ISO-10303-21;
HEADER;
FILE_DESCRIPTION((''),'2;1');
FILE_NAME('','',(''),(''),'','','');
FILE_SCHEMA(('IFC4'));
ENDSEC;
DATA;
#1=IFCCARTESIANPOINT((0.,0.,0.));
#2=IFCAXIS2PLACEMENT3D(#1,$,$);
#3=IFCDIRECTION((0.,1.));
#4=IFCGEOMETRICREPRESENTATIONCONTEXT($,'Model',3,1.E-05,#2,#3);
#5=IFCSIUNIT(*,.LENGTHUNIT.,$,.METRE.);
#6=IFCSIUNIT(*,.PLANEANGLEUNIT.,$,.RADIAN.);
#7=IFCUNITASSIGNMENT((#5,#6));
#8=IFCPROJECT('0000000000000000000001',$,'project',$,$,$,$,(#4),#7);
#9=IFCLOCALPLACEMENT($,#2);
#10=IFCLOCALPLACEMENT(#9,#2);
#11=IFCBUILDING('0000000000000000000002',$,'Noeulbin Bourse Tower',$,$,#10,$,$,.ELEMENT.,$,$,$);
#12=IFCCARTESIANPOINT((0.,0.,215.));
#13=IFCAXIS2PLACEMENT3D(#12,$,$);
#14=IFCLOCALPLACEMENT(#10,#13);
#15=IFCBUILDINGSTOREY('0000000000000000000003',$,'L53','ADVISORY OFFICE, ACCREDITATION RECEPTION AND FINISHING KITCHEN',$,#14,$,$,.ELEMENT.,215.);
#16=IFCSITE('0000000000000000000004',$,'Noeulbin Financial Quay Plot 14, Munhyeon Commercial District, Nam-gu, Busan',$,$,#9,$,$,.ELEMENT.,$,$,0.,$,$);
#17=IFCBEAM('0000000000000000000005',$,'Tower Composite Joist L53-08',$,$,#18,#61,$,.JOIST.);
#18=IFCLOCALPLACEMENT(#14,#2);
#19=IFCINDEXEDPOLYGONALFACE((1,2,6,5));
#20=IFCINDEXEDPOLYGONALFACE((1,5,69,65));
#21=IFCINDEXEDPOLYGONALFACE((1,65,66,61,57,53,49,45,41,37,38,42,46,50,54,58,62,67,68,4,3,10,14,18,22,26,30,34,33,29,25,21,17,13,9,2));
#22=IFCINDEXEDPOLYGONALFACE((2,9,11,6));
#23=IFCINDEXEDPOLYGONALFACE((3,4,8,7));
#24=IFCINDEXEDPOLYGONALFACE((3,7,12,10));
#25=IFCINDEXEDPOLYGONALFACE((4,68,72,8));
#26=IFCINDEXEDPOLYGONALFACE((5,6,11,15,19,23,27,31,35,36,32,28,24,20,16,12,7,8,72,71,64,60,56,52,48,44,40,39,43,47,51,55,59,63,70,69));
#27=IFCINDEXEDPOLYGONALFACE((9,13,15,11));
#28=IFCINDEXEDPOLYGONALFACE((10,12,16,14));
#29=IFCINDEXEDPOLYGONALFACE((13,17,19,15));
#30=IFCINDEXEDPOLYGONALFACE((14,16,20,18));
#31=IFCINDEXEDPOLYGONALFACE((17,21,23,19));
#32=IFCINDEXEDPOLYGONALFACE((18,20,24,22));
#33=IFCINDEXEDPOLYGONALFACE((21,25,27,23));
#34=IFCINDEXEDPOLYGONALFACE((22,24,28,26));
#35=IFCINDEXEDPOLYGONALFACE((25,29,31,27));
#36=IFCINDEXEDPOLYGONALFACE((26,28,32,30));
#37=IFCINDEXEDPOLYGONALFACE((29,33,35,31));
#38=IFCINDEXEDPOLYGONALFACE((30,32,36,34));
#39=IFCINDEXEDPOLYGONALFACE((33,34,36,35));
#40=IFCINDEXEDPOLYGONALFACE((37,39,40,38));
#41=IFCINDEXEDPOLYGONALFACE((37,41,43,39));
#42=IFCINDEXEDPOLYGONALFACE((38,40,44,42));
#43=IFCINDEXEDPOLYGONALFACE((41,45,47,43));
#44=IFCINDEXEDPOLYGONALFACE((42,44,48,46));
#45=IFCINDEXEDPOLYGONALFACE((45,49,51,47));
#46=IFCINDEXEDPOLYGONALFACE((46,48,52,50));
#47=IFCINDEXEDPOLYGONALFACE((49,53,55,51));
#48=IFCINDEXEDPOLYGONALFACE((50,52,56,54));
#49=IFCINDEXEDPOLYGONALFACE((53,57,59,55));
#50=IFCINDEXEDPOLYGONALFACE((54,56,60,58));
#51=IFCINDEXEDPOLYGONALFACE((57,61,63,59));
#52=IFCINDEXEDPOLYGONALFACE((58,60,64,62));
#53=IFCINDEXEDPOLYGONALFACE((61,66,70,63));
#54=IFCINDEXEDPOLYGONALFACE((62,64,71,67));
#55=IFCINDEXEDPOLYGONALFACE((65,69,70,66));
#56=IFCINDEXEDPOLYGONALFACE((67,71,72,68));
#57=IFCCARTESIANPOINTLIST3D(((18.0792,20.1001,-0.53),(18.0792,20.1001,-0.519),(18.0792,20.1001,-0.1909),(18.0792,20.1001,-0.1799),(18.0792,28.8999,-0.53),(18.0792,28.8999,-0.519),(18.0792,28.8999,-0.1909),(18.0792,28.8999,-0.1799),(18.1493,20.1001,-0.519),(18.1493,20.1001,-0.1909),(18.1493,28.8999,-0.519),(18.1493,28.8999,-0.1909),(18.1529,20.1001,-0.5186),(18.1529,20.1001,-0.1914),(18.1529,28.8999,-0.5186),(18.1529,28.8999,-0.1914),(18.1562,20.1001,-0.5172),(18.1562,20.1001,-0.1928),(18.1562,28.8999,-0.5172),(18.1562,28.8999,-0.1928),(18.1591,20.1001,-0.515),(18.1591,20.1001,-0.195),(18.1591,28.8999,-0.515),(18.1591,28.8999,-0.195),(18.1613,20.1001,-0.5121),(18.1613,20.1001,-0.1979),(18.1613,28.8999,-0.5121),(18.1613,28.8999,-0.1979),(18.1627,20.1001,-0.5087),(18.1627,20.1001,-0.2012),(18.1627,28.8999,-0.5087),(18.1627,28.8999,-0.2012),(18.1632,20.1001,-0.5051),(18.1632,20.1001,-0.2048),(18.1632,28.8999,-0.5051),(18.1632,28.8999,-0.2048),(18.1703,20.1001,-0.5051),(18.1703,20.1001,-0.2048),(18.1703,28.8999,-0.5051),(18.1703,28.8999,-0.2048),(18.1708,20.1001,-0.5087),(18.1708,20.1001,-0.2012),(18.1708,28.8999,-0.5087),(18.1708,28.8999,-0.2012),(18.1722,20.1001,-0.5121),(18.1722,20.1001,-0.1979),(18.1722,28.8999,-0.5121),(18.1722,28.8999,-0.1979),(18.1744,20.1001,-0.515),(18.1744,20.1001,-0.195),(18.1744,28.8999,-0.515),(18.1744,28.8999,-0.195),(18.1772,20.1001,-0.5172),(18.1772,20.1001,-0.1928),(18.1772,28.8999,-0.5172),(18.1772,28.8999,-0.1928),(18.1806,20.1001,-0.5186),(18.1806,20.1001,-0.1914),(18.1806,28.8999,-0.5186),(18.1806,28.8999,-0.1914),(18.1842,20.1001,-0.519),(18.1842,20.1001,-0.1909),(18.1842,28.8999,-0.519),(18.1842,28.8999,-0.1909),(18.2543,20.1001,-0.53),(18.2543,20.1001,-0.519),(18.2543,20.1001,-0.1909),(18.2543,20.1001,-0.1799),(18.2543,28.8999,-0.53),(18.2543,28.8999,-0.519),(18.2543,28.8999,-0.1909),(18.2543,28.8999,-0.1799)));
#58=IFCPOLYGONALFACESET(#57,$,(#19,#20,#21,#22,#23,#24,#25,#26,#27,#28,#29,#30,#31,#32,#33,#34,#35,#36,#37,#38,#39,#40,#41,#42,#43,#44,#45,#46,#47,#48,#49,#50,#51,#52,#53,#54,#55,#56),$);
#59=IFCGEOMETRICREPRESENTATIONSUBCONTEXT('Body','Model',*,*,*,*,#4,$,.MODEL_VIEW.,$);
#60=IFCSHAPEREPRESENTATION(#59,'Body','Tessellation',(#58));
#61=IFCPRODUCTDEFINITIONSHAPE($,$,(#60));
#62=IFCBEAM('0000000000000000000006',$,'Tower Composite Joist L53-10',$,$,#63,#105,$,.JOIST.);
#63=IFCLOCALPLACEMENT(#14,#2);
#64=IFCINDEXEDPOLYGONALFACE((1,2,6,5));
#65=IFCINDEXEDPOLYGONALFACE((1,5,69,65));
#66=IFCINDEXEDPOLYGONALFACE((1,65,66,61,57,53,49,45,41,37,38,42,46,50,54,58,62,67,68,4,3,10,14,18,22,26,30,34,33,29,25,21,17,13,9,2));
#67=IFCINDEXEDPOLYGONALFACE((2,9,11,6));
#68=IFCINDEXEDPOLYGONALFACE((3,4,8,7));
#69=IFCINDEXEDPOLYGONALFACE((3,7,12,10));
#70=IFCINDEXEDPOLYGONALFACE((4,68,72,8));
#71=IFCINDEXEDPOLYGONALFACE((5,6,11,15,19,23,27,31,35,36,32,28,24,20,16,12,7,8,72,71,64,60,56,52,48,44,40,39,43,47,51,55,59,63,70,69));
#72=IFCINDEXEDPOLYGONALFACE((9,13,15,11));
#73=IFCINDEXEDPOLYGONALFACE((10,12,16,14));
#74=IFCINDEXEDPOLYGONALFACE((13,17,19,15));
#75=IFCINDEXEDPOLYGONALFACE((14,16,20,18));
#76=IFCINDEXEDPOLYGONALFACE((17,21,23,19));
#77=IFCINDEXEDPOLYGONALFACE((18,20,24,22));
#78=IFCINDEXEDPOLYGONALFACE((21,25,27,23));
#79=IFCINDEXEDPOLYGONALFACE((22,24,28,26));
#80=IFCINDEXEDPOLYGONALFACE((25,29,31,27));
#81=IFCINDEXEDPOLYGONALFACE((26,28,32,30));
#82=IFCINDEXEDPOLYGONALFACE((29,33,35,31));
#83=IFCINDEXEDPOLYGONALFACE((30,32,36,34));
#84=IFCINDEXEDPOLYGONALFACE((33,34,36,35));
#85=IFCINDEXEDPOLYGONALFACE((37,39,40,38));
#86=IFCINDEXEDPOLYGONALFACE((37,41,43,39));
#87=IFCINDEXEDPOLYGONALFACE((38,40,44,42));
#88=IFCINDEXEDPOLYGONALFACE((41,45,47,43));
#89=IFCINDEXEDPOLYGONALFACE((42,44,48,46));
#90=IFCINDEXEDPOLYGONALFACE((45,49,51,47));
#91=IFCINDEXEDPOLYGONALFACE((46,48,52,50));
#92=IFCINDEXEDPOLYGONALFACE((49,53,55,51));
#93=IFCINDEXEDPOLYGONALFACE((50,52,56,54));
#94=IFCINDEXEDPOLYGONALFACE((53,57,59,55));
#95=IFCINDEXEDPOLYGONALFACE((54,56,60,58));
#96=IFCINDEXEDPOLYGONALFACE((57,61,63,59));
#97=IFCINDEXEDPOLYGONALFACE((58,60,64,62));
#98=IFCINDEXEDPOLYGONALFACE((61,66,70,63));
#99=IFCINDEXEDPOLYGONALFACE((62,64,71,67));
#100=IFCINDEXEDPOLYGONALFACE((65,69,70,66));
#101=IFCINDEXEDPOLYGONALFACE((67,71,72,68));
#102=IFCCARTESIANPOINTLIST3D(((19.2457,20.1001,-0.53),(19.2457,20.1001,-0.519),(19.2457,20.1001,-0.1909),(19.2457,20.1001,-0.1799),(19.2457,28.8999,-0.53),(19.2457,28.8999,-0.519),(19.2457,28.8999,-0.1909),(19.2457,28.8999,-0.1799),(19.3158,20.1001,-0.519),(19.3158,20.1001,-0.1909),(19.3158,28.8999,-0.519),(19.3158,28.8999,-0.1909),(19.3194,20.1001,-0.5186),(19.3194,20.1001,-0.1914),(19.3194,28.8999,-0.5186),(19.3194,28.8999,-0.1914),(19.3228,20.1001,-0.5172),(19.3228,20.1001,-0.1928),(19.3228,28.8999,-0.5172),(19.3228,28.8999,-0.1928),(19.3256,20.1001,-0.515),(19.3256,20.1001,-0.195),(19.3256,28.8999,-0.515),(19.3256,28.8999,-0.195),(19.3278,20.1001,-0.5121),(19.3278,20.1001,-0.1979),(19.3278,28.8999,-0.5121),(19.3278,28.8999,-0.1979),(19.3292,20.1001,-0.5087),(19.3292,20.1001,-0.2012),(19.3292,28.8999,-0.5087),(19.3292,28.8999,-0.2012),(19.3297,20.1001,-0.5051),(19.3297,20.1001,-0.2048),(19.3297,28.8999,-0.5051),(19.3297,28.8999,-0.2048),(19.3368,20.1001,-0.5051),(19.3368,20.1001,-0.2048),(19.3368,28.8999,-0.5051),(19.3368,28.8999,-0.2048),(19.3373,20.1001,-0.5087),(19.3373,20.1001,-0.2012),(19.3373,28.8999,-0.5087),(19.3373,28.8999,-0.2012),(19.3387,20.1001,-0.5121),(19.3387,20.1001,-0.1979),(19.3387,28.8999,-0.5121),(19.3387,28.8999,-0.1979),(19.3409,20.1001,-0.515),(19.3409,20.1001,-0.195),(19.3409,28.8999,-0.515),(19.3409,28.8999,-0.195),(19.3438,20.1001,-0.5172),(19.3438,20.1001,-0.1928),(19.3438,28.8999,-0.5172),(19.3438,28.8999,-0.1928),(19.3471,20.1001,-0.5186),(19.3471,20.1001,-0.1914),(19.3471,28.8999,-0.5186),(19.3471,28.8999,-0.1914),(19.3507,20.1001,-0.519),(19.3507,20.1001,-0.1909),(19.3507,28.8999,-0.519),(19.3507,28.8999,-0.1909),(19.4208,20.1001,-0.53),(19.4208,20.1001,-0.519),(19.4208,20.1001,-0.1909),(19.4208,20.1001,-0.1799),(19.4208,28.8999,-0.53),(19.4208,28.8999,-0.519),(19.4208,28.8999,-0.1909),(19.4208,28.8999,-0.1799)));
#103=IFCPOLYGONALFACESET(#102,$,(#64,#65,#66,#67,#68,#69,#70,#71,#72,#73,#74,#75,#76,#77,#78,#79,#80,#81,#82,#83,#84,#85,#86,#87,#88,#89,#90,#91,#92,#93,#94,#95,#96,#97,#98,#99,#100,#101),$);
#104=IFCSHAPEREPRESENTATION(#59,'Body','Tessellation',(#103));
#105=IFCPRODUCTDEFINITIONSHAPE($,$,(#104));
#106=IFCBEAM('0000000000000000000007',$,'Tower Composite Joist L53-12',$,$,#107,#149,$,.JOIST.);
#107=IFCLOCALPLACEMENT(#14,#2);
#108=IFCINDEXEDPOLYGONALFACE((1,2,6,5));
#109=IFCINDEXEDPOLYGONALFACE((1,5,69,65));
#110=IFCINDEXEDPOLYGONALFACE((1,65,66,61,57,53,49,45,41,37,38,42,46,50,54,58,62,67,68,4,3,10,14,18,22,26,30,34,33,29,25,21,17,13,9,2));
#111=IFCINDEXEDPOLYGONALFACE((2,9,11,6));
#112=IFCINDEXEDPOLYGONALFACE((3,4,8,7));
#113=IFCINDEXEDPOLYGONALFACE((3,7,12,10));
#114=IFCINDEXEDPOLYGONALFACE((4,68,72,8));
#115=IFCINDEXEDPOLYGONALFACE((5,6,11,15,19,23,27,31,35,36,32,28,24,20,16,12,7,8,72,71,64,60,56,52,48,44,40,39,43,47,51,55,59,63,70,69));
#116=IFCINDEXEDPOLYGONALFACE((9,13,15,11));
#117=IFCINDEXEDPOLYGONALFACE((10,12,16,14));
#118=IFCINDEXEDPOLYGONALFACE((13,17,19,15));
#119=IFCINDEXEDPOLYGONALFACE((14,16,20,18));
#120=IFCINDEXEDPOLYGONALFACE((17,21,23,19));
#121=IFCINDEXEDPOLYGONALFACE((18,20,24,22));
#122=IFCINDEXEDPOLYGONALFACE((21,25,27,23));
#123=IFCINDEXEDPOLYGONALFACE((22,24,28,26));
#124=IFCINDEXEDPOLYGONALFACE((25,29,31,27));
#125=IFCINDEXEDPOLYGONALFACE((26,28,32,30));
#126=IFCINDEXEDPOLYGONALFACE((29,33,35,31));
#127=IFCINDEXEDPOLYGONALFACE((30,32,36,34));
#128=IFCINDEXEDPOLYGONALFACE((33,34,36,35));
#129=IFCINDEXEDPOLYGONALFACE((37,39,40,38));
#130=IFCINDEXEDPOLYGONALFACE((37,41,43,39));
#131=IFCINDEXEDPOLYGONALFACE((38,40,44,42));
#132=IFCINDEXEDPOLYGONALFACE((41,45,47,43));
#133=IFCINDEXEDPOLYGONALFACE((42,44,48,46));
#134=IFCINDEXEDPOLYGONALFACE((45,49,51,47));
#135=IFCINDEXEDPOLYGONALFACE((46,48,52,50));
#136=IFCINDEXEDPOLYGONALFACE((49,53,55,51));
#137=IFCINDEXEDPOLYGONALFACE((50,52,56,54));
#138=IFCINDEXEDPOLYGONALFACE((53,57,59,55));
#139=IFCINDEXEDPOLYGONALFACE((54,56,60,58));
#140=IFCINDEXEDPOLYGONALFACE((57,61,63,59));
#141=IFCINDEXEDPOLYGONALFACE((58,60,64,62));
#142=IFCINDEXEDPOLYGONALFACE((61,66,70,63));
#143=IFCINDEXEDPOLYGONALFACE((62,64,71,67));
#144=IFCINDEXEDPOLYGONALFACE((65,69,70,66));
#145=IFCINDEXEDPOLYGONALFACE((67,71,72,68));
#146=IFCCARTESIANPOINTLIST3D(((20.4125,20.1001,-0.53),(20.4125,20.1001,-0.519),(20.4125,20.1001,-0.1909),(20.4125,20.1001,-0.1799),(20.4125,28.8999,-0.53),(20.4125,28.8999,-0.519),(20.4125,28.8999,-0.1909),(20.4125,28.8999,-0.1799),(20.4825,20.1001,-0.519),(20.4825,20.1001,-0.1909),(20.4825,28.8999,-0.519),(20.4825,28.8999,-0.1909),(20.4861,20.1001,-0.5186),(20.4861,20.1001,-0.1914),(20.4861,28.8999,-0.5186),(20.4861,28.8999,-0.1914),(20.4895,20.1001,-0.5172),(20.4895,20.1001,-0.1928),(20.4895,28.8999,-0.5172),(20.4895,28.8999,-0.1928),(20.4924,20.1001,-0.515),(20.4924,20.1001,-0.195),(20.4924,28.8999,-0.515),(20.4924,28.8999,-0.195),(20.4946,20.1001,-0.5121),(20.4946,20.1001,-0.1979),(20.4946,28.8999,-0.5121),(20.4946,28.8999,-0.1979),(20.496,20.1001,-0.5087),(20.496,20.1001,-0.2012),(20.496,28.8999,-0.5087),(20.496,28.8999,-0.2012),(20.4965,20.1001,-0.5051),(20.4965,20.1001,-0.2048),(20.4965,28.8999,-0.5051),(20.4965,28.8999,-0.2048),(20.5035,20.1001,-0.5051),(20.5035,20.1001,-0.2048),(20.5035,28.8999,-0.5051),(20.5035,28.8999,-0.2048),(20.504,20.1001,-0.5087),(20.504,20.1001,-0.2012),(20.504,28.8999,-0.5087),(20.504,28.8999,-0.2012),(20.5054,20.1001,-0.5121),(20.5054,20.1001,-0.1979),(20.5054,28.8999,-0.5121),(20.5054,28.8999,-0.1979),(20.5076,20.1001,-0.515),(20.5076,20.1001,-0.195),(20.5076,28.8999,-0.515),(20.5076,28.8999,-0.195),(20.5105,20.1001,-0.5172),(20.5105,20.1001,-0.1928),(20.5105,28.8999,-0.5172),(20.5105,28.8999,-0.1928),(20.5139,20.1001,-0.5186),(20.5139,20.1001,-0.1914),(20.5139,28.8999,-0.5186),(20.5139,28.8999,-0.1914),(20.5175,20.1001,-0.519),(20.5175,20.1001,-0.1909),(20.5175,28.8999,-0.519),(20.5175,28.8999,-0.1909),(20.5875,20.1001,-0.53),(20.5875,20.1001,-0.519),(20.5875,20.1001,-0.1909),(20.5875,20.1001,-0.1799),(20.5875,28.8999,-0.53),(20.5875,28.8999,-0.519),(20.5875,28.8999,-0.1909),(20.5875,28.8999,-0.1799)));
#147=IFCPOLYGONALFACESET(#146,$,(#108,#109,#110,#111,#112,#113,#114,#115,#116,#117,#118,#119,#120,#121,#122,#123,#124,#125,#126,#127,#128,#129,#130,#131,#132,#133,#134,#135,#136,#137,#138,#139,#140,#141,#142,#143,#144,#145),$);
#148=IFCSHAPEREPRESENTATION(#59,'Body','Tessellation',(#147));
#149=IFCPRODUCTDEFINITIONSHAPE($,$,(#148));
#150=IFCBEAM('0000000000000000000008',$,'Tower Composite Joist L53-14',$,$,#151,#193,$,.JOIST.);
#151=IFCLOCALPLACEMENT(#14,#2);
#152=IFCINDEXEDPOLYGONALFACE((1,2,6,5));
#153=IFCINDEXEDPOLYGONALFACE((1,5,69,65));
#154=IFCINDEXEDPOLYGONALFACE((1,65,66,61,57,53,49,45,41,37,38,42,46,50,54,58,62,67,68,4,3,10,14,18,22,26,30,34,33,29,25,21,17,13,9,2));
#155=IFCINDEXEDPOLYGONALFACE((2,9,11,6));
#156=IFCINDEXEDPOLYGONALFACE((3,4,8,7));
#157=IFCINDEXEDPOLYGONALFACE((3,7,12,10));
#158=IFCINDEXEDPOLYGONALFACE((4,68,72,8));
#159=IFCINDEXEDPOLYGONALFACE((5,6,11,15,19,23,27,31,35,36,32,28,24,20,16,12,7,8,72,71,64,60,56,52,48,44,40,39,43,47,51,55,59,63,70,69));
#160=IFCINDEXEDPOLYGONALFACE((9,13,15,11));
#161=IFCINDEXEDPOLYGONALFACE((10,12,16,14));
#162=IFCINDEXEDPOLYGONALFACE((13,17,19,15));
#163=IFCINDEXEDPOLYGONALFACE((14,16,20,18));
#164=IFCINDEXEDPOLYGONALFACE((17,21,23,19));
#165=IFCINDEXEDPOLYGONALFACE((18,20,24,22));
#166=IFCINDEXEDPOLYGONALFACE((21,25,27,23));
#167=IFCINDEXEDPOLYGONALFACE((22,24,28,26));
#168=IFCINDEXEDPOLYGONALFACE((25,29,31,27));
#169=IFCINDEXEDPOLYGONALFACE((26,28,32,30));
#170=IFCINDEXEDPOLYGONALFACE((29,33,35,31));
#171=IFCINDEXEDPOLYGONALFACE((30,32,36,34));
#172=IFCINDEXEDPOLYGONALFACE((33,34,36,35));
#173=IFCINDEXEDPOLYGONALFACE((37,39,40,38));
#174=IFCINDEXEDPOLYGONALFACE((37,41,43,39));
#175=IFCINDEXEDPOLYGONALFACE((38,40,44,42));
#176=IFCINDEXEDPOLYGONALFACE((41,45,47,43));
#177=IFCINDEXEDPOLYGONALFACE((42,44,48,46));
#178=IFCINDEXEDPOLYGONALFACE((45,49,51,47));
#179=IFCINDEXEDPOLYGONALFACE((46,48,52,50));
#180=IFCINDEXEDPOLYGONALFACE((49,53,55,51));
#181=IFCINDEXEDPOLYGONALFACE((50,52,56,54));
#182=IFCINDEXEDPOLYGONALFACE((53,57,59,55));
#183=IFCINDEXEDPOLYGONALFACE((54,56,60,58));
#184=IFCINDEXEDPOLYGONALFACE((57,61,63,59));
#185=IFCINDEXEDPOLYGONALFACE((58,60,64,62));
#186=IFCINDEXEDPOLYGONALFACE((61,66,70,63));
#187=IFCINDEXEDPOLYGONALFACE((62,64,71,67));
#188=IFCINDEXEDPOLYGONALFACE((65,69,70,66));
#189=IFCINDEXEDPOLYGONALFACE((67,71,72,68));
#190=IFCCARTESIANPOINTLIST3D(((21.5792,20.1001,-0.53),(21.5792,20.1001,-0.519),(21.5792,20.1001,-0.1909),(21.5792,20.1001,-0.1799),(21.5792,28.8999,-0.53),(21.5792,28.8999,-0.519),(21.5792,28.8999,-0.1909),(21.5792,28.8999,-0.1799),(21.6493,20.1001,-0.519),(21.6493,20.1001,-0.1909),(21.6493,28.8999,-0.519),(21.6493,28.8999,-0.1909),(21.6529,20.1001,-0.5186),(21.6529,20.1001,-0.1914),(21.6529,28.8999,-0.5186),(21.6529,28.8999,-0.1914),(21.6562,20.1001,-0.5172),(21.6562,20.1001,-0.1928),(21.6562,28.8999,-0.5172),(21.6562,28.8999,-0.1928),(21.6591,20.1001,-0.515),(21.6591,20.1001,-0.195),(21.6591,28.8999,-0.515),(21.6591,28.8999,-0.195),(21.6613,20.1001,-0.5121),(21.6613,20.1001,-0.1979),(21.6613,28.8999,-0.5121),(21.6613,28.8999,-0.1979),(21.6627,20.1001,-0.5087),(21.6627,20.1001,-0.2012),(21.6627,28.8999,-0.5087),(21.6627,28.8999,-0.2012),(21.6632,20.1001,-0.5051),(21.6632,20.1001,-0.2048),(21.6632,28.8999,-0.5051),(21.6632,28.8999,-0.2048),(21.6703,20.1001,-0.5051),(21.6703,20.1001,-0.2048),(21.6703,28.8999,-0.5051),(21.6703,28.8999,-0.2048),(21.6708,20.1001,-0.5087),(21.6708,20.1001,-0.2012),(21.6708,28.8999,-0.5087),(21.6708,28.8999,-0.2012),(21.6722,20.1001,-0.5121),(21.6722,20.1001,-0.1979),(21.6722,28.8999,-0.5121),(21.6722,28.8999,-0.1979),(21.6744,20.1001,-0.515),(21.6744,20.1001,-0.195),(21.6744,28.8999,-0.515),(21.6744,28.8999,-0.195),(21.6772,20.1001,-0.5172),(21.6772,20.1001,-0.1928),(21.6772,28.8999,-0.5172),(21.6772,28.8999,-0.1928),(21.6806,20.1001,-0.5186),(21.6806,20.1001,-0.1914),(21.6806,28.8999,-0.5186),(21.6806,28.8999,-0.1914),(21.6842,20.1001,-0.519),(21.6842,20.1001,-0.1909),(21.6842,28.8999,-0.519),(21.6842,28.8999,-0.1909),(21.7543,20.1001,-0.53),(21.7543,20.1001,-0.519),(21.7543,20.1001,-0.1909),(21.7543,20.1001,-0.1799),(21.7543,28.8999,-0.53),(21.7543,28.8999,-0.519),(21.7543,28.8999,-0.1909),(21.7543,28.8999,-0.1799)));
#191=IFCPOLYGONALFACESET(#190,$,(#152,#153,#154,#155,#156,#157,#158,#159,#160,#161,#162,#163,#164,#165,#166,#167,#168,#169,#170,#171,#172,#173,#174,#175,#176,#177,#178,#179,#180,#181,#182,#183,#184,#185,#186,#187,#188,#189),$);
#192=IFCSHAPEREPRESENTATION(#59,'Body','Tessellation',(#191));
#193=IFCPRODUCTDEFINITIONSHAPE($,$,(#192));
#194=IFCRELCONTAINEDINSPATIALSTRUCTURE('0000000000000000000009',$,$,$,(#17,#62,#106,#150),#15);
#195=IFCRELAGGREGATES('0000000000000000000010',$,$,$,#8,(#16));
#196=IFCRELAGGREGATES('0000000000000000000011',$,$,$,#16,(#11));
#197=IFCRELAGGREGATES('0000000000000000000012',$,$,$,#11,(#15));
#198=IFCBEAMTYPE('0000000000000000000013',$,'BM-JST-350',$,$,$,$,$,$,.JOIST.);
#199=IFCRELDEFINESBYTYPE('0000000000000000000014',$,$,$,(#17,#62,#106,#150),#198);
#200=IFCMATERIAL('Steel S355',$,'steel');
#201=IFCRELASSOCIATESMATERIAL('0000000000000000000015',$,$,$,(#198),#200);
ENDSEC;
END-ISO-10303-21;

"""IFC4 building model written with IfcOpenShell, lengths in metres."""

from ifc_helpers import new_model, si_unit, direction, frame, origin, origin_2d, place, context, subcontext, project, spatial, i_section, extrude, material, material_profile, profile_set, type_object, element, save


model = new_model("IFC4")

# Units and contexts
model_context = context("Model", 3, precision=1e-05, world=origin(), true_north=direction((0.0, 1.0)))
body_context = subcontext(model_context, "Body", "Model", "MODEL_VIEW")
ifc_project = project(units=[si_unit("LENGTHUNIT", "METRE"), si_unit("PLANEANGLEUNIT", "RADIAN")], contexts=[model_context])

# Site, building, storey
site_placement = place(None, origin())
site = spatial("IfcSite", under=ifc_project, at=site_placement, Name="Noeulbin Financial Quay Plot 14, Munhyeon Commercial District, Nam-gu, Busan", CompositionType="ELEMENT", RefElevation=0.0)
building_placement = place(site_placement, origin())
building = spatial("IfcBuilding", under=site, at=building_placement, Name="Noeulbin Bourse Tower", CompositionType="ELEMENT")
storey_placement = place(building_placement, frame((0.0, 0.0, 215.0)))
storey = spatial("IfcBuildingStorey", under=building, at=storey_placement, Name="L53", Description="ADVISORY OFFICE, ACCREDITATION RECEPTION AND FINISHING KITCHEN", CompositionType="ELEMENT", Elevation=215.0)

# Shared definitions
ifc_material_1 = material(Name="Steel S355", Category="steel")

# Beams
ifc_material_profile_1 = material_profile(ifc_material_1, i_section(OverallWidth=0.175, OverallDepth=0.3501, WebThickness=0.0071, FlangeThickness=0.011, FilletRadius=0.0139, at=origin_2d()), Name="H-350x175x7x11", Category="LoadBearing")
ifc_profile_set_1 = profile_set([ifc_material_profile_1], Name="Steel S355")
beam_type = type_object("IfcBeamType", Name="BM-JST-350", PredefinedType="JOIST", material=ifc_profile_set_1)
for number, where, z_axis, x_axis, name in (
    (1, (18.1667, 20.1001, -0.355), (0.0, 1.0, 0.0), (-1.0, 0.0, 0.0), "Tower Composite Joist L53-08"),
    (2, (19.3333, 20.1001, -0.355), (0.0, 1.0, 0.0), (-1.0, 0.0, 0.0), "Tower Composite Joist L53-10"),
    (3, (20.5, 20.1001, -0.355), (0.0, 1.0, 0.0), (-1.0, 0.0, 0.0), "Tower Composite Joist L53-12"),
    (4, (21.6667, 20.1001, -0.355), (0.0, 1.0, 0.0), (-1.0, 0.0, 0.0), "Tower Composite Joist L53-14"),
):
    element("IfcBeam", number, at=place(storey_placement, frame(where, z_axis=z_axis, x_axis=x_axis)), inside=storey, type_object=beam_type, Name=name, PredefinedType="JOIST", context=body_context, shape_type="SweptSolid", body=[
        extrude(i_section(OverallWidth=0.175, OverallDepth=0.3501, WebThickness=0.0071, FlangeThickness=0.011, FilletRadius=0.0139, at=origin_2d()), origin(), (0.0, 0.0, 1.0), 8.7998),
    ])

save(model, "model.ifc")
